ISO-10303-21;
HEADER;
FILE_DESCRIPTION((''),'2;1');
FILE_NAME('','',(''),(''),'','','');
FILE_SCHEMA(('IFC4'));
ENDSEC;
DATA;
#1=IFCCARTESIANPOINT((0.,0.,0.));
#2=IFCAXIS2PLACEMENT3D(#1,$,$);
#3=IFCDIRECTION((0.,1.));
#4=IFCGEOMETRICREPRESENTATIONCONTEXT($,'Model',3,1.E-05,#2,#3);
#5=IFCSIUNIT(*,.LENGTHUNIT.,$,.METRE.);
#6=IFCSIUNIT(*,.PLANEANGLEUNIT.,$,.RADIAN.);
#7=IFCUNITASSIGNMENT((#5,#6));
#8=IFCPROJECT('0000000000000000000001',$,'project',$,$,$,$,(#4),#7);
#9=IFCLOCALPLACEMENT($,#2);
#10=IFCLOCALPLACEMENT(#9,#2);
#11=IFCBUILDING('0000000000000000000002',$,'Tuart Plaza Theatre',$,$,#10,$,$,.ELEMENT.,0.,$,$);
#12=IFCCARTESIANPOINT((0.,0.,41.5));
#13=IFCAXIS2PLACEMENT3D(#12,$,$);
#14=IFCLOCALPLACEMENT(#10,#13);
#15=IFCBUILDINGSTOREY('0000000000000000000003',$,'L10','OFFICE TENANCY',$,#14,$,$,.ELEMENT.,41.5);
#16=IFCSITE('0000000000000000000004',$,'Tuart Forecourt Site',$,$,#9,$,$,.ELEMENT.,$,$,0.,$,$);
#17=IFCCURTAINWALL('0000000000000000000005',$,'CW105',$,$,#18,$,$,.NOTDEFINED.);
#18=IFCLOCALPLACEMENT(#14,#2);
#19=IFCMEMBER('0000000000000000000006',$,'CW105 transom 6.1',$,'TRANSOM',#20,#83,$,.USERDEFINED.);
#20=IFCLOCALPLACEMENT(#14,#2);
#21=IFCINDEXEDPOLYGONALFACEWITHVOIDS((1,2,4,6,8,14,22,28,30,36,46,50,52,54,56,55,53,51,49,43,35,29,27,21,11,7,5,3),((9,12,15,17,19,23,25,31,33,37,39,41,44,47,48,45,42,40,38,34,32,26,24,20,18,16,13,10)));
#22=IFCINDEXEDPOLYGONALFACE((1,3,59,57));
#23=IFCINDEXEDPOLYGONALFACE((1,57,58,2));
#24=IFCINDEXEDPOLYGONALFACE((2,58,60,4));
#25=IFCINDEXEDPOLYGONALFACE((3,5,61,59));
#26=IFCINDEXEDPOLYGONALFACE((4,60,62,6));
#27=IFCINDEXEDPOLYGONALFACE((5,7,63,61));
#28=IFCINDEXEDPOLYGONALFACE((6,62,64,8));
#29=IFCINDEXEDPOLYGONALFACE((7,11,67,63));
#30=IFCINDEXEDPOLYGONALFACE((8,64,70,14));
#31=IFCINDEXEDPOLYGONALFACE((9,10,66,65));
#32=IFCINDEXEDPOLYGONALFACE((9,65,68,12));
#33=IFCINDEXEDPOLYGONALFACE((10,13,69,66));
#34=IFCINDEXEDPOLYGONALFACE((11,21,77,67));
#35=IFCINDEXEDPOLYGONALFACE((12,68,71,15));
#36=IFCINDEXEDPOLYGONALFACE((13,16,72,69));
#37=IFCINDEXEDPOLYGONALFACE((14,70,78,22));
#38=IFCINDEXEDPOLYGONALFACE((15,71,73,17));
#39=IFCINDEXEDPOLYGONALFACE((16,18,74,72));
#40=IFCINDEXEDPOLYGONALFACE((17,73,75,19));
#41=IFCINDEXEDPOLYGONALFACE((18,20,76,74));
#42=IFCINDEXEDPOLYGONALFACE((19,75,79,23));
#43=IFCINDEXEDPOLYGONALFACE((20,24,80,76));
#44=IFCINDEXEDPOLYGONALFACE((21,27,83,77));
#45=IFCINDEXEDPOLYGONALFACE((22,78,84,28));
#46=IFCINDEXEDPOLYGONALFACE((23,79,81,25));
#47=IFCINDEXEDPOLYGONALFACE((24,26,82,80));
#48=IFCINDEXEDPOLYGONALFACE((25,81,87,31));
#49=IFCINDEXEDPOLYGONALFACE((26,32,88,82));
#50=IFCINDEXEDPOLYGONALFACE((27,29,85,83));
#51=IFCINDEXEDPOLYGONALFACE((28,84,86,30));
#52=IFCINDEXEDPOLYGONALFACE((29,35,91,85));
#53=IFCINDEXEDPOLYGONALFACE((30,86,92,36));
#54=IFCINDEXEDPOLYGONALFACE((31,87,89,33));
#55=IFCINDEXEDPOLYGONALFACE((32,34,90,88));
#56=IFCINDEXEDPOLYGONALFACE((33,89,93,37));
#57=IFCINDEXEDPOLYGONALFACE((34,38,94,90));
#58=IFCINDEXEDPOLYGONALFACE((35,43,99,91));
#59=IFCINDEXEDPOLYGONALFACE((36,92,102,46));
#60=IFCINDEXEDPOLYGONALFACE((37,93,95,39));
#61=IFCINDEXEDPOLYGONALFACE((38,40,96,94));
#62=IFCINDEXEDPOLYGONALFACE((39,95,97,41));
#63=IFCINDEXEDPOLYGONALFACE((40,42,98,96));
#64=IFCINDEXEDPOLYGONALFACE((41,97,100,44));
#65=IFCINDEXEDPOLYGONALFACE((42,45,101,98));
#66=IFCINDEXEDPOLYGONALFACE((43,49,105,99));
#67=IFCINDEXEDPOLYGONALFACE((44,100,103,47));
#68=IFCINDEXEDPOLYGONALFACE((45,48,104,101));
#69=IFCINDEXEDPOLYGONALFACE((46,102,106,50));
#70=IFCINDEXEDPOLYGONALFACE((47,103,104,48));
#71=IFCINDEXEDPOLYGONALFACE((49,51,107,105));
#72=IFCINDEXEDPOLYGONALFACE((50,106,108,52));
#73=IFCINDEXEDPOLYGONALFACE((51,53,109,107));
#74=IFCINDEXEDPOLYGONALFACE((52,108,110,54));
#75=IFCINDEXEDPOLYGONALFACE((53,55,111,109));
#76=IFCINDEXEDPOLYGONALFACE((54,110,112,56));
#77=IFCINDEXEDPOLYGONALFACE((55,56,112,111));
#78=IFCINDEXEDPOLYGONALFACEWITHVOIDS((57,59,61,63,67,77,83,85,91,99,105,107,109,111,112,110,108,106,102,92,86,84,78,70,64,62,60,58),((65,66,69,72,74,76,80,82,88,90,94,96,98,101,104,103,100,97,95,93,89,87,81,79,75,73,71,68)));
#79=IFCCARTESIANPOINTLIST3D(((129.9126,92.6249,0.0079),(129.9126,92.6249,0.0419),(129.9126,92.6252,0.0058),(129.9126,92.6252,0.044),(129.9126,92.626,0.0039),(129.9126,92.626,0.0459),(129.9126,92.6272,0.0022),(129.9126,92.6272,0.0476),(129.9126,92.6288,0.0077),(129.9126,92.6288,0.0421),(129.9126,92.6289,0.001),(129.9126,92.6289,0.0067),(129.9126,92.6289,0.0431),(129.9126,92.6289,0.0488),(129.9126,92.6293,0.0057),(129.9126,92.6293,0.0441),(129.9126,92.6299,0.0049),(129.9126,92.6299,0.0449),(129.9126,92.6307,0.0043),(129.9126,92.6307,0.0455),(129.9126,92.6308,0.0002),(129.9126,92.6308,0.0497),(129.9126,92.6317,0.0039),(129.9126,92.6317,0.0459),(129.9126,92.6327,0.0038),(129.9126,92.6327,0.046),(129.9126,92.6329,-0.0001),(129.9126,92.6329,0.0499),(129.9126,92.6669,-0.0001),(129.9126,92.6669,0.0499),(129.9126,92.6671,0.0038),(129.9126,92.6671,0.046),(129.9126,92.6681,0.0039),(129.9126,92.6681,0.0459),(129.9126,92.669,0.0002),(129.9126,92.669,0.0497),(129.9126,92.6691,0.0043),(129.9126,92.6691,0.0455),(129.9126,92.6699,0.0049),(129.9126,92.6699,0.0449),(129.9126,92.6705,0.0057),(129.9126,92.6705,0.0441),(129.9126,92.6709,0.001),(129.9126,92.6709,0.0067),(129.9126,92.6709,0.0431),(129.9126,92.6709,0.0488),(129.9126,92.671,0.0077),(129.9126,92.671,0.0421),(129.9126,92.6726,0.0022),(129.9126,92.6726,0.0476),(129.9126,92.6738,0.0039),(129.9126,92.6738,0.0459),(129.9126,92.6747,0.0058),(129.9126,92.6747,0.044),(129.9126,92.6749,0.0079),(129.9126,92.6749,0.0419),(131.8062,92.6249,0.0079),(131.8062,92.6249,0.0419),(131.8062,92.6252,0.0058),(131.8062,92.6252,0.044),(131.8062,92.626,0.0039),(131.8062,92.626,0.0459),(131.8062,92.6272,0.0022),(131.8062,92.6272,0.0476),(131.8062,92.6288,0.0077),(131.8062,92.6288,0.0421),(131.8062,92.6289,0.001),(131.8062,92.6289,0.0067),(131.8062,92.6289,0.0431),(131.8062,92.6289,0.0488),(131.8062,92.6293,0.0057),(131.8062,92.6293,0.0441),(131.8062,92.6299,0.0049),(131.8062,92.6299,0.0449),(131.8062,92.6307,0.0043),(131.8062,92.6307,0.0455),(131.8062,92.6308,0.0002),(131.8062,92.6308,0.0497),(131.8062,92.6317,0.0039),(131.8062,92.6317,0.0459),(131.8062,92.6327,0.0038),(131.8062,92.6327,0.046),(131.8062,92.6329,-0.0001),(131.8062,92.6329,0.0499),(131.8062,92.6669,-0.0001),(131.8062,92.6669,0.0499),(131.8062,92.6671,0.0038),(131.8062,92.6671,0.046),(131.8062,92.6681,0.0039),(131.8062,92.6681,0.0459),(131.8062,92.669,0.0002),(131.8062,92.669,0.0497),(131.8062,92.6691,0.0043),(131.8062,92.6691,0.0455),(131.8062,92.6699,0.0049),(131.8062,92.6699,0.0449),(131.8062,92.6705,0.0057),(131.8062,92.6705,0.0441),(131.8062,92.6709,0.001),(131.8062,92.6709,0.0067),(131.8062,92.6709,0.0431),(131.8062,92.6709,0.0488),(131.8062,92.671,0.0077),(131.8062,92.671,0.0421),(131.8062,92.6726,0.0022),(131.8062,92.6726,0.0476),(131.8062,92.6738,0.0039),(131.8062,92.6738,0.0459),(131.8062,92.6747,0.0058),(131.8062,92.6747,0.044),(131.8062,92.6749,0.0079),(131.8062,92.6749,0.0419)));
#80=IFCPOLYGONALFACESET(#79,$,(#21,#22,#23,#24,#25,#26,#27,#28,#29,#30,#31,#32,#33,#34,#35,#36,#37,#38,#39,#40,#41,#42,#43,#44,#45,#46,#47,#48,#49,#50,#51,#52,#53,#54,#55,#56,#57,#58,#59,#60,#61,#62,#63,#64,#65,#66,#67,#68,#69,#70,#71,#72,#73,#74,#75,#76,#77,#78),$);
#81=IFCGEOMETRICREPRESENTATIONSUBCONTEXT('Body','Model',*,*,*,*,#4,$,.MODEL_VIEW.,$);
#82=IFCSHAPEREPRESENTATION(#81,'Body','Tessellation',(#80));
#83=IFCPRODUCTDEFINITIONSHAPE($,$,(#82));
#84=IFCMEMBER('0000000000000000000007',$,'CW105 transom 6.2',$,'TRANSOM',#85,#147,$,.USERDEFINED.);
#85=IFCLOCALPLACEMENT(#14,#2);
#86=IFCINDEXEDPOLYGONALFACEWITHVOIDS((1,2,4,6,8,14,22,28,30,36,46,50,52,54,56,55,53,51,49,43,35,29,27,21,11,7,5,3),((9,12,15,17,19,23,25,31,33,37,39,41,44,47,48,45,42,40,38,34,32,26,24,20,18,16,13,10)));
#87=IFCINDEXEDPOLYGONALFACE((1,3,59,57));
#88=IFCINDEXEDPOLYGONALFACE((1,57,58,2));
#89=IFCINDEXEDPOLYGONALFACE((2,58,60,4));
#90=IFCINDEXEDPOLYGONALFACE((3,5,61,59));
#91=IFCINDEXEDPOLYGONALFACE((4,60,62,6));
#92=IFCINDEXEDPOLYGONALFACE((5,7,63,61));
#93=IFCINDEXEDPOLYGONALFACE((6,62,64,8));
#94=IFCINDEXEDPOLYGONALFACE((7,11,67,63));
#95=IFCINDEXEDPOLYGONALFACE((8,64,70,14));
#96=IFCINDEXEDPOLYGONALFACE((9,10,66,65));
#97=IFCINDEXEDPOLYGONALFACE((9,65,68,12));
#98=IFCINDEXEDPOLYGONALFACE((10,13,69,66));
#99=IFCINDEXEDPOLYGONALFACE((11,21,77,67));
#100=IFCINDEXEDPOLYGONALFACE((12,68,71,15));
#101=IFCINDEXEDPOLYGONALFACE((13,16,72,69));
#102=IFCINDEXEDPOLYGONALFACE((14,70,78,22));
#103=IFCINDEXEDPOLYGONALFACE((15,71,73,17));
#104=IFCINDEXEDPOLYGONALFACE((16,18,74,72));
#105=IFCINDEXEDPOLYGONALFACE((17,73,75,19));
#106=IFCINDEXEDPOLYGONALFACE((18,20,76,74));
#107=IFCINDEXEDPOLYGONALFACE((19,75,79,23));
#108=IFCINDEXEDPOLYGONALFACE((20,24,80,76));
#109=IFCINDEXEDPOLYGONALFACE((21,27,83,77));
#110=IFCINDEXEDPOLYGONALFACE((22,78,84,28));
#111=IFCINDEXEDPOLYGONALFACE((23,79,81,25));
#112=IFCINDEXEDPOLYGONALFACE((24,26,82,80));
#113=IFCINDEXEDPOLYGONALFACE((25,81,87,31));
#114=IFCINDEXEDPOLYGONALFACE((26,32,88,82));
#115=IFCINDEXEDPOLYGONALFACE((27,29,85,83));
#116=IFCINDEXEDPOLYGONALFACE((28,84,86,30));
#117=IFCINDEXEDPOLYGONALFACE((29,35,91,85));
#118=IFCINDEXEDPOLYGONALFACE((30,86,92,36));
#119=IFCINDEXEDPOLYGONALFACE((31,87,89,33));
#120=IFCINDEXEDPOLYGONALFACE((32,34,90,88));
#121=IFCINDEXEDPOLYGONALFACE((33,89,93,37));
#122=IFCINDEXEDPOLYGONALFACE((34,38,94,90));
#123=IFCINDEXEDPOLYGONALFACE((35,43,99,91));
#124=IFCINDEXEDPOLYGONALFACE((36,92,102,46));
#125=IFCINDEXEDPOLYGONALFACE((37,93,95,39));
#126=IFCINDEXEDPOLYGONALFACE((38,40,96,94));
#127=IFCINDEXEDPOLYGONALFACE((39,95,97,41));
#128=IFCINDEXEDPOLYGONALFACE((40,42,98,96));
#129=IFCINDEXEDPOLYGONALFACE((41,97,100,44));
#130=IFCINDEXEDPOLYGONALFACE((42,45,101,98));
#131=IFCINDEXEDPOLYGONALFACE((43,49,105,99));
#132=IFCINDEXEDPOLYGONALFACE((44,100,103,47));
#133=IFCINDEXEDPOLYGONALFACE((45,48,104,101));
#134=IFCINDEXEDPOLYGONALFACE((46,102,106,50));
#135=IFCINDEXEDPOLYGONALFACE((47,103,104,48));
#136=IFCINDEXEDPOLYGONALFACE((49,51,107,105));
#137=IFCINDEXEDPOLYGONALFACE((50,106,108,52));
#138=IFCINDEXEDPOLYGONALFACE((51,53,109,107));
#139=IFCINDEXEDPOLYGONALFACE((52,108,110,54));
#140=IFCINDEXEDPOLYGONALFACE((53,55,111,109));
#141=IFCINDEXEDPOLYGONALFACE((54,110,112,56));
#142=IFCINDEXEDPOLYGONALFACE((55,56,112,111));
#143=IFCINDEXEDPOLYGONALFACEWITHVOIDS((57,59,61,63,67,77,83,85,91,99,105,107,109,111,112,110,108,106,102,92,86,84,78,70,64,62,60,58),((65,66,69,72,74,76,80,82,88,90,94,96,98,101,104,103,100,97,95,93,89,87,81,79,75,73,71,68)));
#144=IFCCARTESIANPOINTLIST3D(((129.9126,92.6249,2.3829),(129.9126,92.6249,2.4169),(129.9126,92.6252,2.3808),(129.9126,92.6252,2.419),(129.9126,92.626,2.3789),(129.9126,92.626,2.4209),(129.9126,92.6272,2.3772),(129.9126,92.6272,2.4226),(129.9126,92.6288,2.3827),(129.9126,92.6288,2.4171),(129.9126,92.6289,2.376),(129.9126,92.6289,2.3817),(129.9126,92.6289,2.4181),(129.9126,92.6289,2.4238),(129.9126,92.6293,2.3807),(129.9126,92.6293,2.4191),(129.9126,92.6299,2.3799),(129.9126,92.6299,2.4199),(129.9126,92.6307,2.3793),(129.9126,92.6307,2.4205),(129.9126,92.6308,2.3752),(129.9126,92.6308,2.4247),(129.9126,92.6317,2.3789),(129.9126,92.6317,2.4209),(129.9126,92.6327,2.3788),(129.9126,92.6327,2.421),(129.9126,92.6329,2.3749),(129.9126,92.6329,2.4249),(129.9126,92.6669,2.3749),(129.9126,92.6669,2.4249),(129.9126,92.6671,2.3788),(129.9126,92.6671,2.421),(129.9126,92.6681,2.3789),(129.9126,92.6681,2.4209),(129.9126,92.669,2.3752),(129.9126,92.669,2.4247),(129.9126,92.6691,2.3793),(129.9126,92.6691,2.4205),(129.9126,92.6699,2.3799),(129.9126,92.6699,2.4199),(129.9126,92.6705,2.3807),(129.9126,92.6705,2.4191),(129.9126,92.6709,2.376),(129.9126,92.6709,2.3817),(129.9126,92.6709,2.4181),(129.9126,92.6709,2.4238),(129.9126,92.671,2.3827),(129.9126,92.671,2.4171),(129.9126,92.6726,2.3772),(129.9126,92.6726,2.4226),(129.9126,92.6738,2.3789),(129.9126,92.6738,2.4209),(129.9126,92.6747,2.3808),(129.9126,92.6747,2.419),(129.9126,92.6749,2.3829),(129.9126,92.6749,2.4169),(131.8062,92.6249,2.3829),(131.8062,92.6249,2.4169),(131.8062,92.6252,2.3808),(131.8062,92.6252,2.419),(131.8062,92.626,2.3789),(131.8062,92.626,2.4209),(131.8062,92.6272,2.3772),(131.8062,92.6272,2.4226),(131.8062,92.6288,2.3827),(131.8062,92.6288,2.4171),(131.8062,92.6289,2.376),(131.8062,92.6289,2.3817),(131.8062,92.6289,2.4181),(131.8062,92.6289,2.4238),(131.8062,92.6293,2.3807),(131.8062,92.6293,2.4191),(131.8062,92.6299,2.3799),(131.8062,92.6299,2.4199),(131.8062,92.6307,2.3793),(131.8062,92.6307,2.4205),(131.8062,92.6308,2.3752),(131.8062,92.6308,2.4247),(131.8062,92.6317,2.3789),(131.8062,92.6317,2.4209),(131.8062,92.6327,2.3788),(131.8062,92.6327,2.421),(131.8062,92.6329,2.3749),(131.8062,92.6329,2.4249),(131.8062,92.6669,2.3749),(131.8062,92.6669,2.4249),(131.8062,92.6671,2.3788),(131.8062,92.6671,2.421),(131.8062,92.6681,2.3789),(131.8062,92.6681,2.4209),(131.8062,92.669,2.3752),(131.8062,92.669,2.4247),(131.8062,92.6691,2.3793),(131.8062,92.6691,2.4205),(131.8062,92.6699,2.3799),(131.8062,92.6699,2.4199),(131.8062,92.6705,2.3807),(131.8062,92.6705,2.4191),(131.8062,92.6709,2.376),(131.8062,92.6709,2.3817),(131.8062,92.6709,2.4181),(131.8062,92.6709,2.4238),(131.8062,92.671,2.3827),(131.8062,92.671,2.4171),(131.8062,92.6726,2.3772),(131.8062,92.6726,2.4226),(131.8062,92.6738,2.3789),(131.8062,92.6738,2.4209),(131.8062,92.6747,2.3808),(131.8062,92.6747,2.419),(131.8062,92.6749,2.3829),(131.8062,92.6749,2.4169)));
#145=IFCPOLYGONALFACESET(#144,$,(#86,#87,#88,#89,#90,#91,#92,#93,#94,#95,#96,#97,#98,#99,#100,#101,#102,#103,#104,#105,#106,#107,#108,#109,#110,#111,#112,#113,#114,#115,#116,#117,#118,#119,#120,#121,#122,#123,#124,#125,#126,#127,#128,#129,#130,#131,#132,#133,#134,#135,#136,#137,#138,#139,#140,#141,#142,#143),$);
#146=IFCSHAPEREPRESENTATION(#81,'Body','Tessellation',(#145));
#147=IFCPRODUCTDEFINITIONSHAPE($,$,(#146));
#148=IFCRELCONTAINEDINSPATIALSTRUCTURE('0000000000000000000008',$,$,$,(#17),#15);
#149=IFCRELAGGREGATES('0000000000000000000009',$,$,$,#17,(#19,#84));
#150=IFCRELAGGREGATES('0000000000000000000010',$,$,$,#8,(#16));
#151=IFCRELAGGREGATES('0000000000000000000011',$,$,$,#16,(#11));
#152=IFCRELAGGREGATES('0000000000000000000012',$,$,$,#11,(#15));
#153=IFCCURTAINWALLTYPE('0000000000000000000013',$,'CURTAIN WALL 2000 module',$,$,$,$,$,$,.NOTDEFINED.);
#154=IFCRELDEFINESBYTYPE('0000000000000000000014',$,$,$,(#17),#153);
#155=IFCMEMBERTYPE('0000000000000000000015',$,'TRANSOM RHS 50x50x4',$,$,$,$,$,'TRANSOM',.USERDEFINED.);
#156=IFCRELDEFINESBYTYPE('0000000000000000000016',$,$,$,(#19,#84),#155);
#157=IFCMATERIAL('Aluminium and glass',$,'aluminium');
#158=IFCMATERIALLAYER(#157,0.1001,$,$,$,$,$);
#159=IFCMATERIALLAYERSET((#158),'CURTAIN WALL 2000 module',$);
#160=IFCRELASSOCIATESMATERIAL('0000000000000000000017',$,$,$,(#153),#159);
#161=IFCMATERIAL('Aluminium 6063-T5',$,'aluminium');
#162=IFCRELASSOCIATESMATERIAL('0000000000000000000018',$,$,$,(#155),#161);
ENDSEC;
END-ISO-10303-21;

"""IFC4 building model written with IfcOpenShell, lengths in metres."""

from ifc_helpers import new_model, si_unit, direction, frame, origin, origin_2d, place, context, subcontext, project, spatial, hollow_rectangle, extrude, material, layer, layer_set, material_profile, profile_set, type_object, element, aggregate, save


model = new_model("IFC4")

# Units and contexts
model_context = context("Model", 3, precision=1e-05, world=origin(), true_north=direction((0.0, 1.0)))
body_context = subcontext(model_context, "Body", "Model", "MODEL_VIEW")
ifc_project = project(units=[si_unit("LENGTHUNIT", "METRE"), si_unit("PLANEANGLEUNIT", "RADIAN")], contexts=[model_context])

# Site, building, storey
site_placement = place(None, origin())
site = spatial("IfcSite", under=ifc_project, at=site_placement, Name="Tuart Forecourt Site", CompositionType="ELEMENT", RefElevation=0.0)
building_placement = place(site_placement, origin())
building = spatial("IfcBuilding", under=site, at=building_placement, Name="Tuart Plaza Theatre", CompositionType="ELEMENT", ElevationOfRefHeight=0.0)
storey_placement = place(building_placement, frame((0.0, 0.0, 41.5)))
storey = spatial("IfcBuildingStorey", under=building, at=storey_placement, Name="L10", Description="OFFICE TENANCY", CompositionType="ELEMENT", Elevation=41.5)

# Curtain wall, members
ifc_material_1 = material(Name="Aluminium and glass", Category="aluminium")
ifc_layer_1 = layer(ifc_material_1, 0.1001)
ifc_layer_set_1 = layer_set([ifc_layer_1], Name="CURTAIN WALL 2000 module")
curtain_wall_type = type_object("IfcCurtainWallType", Name="CURTAIN WALL 2000 module", PredefinedType="NOTDEFINED", material=ifc_layer_set_1)
curtain_wall_placement = place(storey_placement, origin())
curtain_wall = element("IfcCurtainWall", 1, at=curtain_wall_placement, inside=storey, type_object=curtain_wall_type, Name="CW105", PredefinedType="NOTDEFINED")
ifc_material_2 = material(Name="Aluminium 6063-T5", Category="aluminium")
ifc_material_profile_1 = material_profile(ifc_material_2, hollow_rectangle(XDim=0.05, YDim=0.05, WallThickness=0.0039, InnerFilletRadius=0.0039, OuterFilletRadius=0.0081, at=origin_2d()), Name="RHS 50x50x4")
ifc_profile_set_1 = profile_set([ifc_material_profile_1], Name="Aluminium 6063-T5")
member_type_1 = type_object("IfcMemberType", Name="TRANSOM RHS 50x50x4", ElementType="TRANSOM", PredefinedType="USERDEFINED", material=ifc_profile_set_1)
member_1_placement = place(storey_placement, frame((131.8062, 92.6499, 0.0249), z_axis=(-1.0, 0.0, 0.0), x_axis=(0.0, -1.0, 0.0)))
member_1 = element("IfcMember", 2, at=member_1_placement, type_object=member_type_1, Name="CW105 transom 6.1", ObjectType="TRANSOM", PredefinedType="USERDEFINED", context=body_context, shape_type="SweptSolid", body=[
    extrude(hollow_rectangle(XDim=0.05, YDim=0.05, WallThickness=0.0039, InnerFilletRadius=0.0039, OuterFilletRadius=0.0081, at=origin_2d()), origin(), (0.0, 0.0, 1.0), 1.8936),
])
member_2_placement = place(storey_placement, frame((131.8062, 92.6499, 2.3999), z_axis=(-1.0, 0.0, 0.0), x_axis=(0.0, -1.0, 0.0)))
member_2 = element("IfcMember", 3, at=member_2_placement, type_object=member_type_1, Name="CW105 transom 6.2", ObjectType="TRANSOM", PredefinedType="USERDEFINED", context=body_context, shape_type="SweptSolid", body=[
    extrude(hollow_rectangle(XDim=0.05, YDim=0.05, WallThickness=0.0039, InnerFilletRadius=0.0039, OuterFilletRadius=0.0081, at=origin_2d()), origin(), (0.0, 0.0, 1.0), 1.8936),
])
aggregate(curtain_wall, [member_1, member_2])

save(model, "model.ifc")
